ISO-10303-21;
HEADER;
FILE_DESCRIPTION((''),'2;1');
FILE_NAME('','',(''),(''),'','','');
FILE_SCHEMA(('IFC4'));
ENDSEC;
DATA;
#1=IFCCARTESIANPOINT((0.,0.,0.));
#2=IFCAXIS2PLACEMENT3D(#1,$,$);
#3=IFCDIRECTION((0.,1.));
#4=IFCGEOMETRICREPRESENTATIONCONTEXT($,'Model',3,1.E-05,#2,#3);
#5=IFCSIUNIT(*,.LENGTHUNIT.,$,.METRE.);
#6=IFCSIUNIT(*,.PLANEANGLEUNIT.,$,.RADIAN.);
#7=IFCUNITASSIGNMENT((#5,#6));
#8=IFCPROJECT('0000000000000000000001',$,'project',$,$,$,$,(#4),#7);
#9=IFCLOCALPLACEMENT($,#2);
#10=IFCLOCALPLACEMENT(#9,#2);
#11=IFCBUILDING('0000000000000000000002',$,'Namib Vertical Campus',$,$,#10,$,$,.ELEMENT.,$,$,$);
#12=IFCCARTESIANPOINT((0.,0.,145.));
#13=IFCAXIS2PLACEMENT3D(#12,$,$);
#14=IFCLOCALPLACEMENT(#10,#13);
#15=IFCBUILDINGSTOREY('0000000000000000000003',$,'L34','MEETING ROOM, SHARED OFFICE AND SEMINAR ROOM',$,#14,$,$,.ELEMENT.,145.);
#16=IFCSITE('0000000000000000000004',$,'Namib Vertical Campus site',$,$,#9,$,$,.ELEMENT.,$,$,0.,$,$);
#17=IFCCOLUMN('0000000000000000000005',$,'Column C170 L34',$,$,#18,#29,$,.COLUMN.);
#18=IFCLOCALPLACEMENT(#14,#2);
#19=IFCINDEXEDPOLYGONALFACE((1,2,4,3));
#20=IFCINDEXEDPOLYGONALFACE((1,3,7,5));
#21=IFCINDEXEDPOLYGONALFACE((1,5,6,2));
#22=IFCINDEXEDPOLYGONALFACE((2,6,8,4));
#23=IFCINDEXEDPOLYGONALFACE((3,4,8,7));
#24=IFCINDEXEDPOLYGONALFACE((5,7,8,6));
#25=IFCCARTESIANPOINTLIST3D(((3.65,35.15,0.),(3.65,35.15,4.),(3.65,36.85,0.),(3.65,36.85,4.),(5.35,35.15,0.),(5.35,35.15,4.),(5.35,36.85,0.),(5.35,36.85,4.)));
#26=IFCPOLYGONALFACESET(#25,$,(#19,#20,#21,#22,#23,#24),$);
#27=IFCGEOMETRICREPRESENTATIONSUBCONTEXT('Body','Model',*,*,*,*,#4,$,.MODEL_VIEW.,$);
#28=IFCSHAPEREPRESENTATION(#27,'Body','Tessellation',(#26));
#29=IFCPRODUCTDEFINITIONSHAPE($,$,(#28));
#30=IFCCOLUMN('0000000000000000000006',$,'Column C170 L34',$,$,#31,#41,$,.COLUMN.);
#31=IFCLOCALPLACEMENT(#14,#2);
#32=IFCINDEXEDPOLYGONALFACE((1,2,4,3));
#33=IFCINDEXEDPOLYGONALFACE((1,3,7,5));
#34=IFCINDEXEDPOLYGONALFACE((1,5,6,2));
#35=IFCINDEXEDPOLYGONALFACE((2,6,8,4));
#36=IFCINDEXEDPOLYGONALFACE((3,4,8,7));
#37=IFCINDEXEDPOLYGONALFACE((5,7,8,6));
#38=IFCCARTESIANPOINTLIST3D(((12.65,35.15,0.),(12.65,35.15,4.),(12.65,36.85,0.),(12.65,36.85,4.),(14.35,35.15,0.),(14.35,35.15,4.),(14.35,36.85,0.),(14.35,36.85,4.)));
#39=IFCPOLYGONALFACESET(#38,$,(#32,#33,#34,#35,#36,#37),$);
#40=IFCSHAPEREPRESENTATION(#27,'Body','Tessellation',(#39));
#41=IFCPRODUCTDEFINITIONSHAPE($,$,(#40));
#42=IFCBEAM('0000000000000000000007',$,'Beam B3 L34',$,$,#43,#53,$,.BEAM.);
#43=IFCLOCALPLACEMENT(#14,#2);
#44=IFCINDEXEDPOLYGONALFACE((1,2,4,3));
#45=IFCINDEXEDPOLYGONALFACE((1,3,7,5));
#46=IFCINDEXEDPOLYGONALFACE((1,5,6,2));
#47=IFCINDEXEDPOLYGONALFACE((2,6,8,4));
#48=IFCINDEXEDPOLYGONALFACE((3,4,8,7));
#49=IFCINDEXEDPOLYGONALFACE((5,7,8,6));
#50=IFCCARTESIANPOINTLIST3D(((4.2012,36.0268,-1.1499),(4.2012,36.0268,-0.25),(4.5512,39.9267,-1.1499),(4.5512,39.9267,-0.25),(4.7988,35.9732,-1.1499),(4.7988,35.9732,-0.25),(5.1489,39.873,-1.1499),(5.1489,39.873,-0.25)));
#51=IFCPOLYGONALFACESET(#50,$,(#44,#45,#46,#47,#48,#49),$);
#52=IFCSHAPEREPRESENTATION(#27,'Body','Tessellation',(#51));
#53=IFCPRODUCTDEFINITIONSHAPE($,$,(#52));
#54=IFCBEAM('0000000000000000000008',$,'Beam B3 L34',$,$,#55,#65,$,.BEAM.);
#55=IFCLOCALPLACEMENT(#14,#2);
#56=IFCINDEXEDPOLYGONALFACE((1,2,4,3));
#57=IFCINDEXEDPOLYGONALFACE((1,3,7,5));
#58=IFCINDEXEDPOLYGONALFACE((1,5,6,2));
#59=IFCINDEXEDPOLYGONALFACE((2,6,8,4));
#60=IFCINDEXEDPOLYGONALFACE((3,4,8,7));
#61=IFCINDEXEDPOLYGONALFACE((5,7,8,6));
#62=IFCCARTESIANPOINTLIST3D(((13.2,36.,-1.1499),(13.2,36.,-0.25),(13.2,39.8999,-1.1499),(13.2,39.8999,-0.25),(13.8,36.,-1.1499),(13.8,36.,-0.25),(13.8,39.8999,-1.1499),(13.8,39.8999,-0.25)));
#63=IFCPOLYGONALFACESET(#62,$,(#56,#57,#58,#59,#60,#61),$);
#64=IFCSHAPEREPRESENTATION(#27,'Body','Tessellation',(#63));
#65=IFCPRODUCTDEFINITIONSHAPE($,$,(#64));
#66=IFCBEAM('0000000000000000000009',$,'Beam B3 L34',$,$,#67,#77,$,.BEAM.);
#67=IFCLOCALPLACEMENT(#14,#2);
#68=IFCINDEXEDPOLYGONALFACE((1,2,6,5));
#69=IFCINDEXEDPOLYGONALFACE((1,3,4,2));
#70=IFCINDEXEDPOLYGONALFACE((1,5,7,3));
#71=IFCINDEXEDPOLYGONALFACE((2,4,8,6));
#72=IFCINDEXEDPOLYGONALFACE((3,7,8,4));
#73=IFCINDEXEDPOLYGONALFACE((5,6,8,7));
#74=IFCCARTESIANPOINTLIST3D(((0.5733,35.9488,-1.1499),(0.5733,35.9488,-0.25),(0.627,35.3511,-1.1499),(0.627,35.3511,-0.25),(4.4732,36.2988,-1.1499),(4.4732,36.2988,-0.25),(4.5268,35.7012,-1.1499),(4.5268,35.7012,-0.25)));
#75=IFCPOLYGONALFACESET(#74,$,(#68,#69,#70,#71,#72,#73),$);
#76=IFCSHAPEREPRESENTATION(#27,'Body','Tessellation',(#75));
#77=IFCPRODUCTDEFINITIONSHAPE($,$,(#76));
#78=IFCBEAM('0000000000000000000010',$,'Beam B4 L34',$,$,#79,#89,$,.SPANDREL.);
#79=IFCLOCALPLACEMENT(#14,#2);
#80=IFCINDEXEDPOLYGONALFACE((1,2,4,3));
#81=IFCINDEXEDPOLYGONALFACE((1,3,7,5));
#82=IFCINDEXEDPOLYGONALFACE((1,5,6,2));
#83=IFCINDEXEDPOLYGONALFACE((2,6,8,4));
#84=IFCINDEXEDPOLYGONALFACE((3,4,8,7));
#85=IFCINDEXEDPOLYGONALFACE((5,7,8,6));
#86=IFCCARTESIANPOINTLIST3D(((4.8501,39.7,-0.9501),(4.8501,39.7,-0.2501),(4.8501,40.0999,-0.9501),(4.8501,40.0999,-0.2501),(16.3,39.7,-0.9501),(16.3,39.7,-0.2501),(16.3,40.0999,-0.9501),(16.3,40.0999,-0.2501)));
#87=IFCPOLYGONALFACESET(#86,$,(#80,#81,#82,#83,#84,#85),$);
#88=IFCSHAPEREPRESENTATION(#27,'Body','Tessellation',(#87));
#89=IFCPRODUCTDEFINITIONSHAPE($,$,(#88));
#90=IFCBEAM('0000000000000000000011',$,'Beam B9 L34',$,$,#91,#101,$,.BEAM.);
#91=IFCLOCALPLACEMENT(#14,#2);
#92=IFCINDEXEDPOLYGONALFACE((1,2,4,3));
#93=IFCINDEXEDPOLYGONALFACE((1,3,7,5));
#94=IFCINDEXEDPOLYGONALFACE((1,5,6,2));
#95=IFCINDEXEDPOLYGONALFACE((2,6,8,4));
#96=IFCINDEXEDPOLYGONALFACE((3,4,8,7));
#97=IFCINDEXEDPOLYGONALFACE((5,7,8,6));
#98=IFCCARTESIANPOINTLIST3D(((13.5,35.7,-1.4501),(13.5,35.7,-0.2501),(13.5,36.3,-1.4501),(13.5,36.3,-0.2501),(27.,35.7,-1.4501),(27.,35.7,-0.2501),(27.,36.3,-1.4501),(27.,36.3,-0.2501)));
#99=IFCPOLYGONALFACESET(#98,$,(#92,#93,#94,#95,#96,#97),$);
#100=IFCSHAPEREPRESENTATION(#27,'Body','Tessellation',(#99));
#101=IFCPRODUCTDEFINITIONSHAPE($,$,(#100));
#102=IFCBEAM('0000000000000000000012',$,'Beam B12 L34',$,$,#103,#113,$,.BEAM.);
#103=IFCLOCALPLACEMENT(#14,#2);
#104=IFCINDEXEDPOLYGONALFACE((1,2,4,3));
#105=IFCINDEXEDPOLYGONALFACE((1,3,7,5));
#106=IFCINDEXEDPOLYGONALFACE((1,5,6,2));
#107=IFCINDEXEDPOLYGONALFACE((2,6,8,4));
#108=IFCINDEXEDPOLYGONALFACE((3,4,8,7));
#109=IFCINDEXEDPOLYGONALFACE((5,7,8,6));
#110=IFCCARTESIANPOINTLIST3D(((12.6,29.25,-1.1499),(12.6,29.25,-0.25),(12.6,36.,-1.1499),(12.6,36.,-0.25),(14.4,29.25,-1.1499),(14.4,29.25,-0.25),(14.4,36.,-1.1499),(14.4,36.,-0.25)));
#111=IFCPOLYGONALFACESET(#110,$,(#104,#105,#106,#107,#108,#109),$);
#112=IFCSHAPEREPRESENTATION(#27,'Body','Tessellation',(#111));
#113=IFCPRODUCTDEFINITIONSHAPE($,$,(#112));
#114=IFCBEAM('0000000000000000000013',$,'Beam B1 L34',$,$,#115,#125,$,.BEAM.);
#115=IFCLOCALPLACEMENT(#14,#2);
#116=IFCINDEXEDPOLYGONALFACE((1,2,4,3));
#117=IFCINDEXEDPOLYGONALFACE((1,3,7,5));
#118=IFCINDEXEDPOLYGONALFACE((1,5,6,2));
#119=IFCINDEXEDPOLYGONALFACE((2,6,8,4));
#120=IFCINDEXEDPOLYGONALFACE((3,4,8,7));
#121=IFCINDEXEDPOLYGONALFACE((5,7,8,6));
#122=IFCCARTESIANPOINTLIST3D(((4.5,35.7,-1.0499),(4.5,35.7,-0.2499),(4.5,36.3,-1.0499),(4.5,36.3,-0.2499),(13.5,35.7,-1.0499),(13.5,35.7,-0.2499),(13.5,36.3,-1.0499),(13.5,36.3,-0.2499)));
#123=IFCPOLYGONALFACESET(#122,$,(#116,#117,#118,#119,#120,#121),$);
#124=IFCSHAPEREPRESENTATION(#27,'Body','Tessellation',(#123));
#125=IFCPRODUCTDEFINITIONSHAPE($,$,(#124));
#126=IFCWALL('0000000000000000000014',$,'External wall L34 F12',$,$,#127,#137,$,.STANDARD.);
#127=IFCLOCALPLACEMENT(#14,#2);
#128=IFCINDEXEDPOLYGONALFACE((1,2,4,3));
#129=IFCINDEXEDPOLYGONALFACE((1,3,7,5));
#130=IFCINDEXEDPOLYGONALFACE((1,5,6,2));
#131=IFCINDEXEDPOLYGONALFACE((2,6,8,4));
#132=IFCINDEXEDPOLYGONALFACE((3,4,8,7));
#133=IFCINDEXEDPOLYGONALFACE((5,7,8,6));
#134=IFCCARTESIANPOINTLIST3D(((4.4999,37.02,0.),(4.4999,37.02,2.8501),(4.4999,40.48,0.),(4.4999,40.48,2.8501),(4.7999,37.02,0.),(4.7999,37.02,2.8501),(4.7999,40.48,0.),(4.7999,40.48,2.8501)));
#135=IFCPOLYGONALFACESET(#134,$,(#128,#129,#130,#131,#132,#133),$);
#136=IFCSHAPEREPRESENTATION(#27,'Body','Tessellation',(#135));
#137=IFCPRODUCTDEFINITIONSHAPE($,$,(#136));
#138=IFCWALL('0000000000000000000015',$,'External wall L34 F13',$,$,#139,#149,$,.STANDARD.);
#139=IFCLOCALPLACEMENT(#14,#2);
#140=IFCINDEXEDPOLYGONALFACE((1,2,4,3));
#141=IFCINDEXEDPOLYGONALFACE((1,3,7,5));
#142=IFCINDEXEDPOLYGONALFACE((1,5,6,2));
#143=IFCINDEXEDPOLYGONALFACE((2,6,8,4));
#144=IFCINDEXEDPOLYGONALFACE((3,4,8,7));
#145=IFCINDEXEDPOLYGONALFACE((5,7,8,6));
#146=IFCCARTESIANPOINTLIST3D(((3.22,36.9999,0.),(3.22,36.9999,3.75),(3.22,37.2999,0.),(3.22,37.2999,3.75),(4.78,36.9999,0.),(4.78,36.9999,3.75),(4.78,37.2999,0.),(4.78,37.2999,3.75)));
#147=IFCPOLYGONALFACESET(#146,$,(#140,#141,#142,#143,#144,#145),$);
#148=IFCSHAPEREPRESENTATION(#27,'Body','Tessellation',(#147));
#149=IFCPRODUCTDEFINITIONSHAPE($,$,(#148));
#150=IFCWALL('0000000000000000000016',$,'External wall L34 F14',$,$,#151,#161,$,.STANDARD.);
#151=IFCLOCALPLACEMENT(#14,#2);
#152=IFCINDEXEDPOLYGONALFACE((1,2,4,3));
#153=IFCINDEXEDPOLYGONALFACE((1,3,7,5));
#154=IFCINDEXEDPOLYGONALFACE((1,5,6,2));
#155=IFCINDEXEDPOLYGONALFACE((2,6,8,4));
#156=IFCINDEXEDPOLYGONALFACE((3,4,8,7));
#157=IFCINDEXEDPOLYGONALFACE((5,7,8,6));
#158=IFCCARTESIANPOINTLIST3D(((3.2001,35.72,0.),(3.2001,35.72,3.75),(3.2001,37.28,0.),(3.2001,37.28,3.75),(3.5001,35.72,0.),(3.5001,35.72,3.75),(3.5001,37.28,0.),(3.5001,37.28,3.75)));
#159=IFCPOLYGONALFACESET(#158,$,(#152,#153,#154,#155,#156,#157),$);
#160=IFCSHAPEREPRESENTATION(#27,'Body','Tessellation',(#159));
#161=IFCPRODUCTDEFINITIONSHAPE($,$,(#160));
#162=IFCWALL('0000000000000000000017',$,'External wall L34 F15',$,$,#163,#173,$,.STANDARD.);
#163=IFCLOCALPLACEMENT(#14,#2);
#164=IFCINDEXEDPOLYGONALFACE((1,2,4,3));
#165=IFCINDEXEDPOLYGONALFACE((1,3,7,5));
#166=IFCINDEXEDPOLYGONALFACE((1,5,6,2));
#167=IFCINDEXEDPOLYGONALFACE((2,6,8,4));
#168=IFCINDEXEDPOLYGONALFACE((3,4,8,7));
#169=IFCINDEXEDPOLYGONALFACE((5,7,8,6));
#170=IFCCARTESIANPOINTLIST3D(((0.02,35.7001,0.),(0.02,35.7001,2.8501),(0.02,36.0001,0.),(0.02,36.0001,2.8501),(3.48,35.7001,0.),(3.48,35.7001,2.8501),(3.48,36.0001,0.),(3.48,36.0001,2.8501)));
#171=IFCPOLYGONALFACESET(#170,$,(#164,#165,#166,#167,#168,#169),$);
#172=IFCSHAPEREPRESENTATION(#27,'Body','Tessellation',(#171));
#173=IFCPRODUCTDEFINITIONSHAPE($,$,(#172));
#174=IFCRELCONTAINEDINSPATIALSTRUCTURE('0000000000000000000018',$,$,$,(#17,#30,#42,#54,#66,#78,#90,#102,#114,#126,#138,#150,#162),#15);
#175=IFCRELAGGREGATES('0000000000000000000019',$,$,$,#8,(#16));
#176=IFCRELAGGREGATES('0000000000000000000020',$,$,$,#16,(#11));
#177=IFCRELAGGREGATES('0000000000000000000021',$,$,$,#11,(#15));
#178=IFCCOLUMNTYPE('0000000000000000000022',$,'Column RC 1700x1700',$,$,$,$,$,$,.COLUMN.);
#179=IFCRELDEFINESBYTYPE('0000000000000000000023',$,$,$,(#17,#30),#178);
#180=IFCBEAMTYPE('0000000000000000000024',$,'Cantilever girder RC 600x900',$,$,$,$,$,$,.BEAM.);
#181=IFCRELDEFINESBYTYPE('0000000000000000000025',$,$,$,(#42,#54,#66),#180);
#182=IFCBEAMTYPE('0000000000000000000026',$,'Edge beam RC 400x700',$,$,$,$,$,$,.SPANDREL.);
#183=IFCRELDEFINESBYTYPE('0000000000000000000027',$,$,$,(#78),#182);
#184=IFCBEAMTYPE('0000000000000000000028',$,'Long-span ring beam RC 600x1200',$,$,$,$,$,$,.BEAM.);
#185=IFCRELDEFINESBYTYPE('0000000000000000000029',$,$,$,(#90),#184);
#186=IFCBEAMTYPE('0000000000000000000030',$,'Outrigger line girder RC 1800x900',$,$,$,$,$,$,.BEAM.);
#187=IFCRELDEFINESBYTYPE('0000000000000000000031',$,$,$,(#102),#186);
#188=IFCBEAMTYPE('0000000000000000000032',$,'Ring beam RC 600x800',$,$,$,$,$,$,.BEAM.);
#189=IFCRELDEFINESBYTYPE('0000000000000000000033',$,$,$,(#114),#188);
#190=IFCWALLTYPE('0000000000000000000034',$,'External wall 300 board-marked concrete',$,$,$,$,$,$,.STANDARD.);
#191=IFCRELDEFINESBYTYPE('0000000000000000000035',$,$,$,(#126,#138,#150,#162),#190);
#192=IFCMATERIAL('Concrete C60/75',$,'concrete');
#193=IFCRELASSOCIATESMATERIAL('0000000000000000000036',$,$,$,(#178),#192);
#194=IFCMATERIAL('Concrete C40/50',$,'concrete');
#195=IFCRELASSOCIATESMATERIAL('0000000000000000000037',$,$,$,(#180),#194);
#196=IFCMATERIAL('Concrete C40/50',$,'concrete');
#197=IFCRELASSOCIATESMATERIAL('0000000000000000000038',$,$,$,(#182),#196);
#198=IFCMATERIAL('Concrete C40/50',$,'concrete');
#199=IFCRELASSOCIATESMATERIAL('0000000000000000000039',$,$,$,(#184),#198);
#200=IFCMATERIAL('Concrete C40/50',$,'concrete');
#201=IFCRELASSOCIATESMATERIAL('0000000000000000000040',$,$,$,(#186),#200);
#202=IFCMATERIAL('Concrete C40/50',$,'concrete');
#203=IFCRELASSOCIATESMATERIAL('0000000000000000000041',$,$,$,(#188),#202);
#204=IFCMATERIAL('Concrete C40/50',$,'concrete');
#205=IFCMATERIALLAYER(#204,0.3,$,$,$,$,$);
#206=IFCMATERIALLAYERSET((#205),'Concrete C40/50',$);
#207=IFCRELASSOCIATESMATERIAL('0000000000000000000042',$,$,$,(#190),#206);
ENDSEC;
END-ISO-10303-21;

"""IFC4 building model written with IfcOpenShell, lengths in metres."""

from ifc_helpers import new_model, si_unit, direction, frame, frame_2d, origin, origin_2d, place, context, subcontext, project, spatial, rectangle, extrude, material, layer, layer_set, material_profile, profile_set, type_object, element, save


model = new_model("IFC4")

# Units and contexts
model_context = context("Model", 3, precision=1e-05, world=origin(), true_north=direction((0.0, 1.0)))
body_context = subcontext(model_context, "Body", "Model", "MODEL_VIEW")
ifc_project = project(units=[si_unit("LENGTHUNIT", "METRE"), si_unit("PLANEANGLEUNIT", "RADIAN")], contexts=[model_context])

# Site, building, storey
site_placement = place(None, origin())
site = spatial("IfcSite", under=ifc_project, at=site_placement, Name="Namib Vertical Campus site", CompositionType="ELEMENT", RefElevation=0.0)
building_placement = place(site_placement, origin())
building = spatial("IfcBuilding", under=site, at=building_placement, Name="Namib Vertical Campus", CompositionType="ELEMENT")
storey_placement = place(building_placement, frame((0.0, 0.0, 145.0)))
storey = spatial("IfcBuildingStorey", under=building, at=storey_placement, Name="L34", Description="MEETING ROOM, SHARED OFFICE AND SEMINAR ROOM", CompositionType="ELEMENT", Elevation=145.0)

# Columns
ifc_material_1 = material(Name="Concrete C60/75", Category="concrete")
ifc_material_profile_1 = material_profile(ifc_material_1, rectangle(XDim=1.7, YDim=1.7, at=origin_2d()))
ifc_profile_set_1 = profile_set([ifc_material_profile_1], Name="Concrete C60/75")
column_type = type_object("IfcColumnType", Name="Column RC 1700x1700", PredefinedType="COLUMN", material=ifc_profile_set_1)
for number, where, z_axis, x_axis, name in (
    (1, (4.5, 36.0, 0.0), (0.0, 0.0, 1.0), (1.0, 0.0, 0.0), "Column C170 L34"),
    (2, (13.5, 36.0, 0.0), (0.0, 0.0, 1.0), (1.0, 0.0, 0.0), "Column C170 L34"),
):
    element("IfcColumn", number, at=place(storey_placement, frame(where, z_axis=z_axis, x_axis=x_axis)), inside=storey, type_object=column_type, Name=name, PredefinedType="COLUMN", context=body_context, shape_type="SweptSolid", body=[
        extrude(rectangle(XDim=1.7, YDim=1.7, at=origin_2d()), origin(), (0.0, 0.0, 1.0), 4.0),
    ])

# Beams
ifc_material_2 = material(Name="Concrete C40/50", Category="concrete")
ifc_material_profile_2 = material_profile(ifc_material_2, rectangle(XDim=0.6001, YDim=0.8999, at=origin_2d()))
ifc_profile_set_2 = profile_set([ifc_material_profile_2], Name="Concrete C40/50")
beam_type_1 = type_object("IfcBeamType", Name="Cantilever girder RC 600x900", PredefinedType="BEAM", material=ifc_profile_set_2)
beam_1_placement = place(storey_placement, frame((4.5, 36.0, -0.7), z_axis=(0.089411, 0.995995, 0.0), x_axis=(-0.995995, 0.089411, 0.0)))
element("IfcBeam", 3, at=beam_1_placement, inside=storey, type_object=beam_type_1, Name="Beam B3 L34", PredefinedType="BEAM", context=body_context, shape_type="SweptSolid", body=[
    extrude(rectangle(XDim=0.6001, YDim=0.8999, at=origin_2d()), origin(), (0.0, 0.0, 1.0), 3.9155),
])
beam_2_placement = place(storey_placement, frame((13.5, 36.0, -0.7), z_axis=(0.0, 1.0, 0.0), x_axis=(-1.0, 0.0, 0.0)))
element("IfcBeam", 4, at=beam_2_placement, inside=storey, type_object=beam_type_1, Name="Beam B3 L34", PredefinedType="BEAM", context=body_context, shape_type="SweptSolid", body=[
    extrude(rectangle(XDim=0.6001, YDim=0.8999, at=origin_2d()), origin(), (0.0, 0.0, 1.0), 3.8999),
])
beam_3_placement = place(storey_placement, frame((4.5, 36.0, -0.7), z_axis=(-0.995995, -0.089411, 0.0), x_axis=(0.089411, -0.995995, 0.0)))
element("IfcBeam", 5, at=beam_3_placement, inside=storey, type_object=beam_type_1, Name="Beam B3 L34", PredefinedType="BEAM", context=body_context, shape_type="SweptSolid", body=[
    extrude(rectangle(XDim=0.6001, YDim=0.8999, at=origin_2d()), origin(), (0.0, 0.0, 1.0), 3.9155),
])
ifc_material_3 = material(Name="Concrete C40/50", Category="concrete")
ifc_material_profile_3 = material_profile(ifc_material_3, rectangle(XDim=0.3999, YDim=0.7, at=origin_2d()))
ifc_profile_set_3 = profile_set([ifc_material_profile_3], Name="Concrete C40/50")
beam_type_2 = type_object("IfcBeamType", Name="Edge beam RC 400x700", PredefinedType="SPANDREL", material=ifc_profile_set_3)
beam_4_placement = place(storey_placement, frame((4.8501, 39.8999, -0.6001), z_axis=(1.0, 0.0, 0.0), x_axis=(0.0, 1.0, 0.0)))
element("IfcBeam", 6, at=beam_4_placement, inside=storey, type_object=beam_type_2, Name="Beam B4 L34", PredefinedType="SPANDREL", context=body_context, shape_type="SweptSolid", body=[
    extrude(rectangle(XDim=0.3999, YDim=0.7, at=origin_2d()), origin(), (0.0, 0.0, 1.0), 11.45),
])
ifc_material_4 = material(Name="Concrete C40/50", Category="concrete")
ifc_material_profile_4 = material_profile(ifc_material_4, rectangle(XDim=0.6001, YDim=1.2, at=origin_2d()))
ifc_profile_set_4 = profile_set([ifc_material_profile_4], Name="Concrete C40/50")
beam_type_3 = type_object("IfcBeamType", Name="Long-span ring beam RC 600x1200", PredefinedType="BEAM", material=ifc_profile_set_4)
beam_5_placement = place(storey_placement, frame((13.5, 36.0, -0.8501), z_axis=(1.0, 0.0, 0.0), x_axis=(0.0, 1.0, 0.0)))
element("IfcBeam", 7, at=beam_5_placement, inside=storey, type_object=beam_type_3, Name="Beam B9 L34", PredefinedType="BEAM", context=body_context, shape_type="SweptSolid", body=[
    extrude(rectangle(XDim=0.6001, YDim=1.2, at=origin_2d()), origin(), (0.0, 0.0, 1.0), 13.5),
])
ifc_material_5 = material(Name="Concrete C40/50", Category="concrete")
ifc_material_profile_5 = material_profile(ifc_material_5, rectangle(XDim=1.8, YDim=0.8999, at=origin_2d()))
ifc_profile_set_5 = profile_set([ifc_material_profile_5], Name="Concrete C40/50")
beam_type_4 = type_object("IfcBeamType", Name="Outrigger line girder RC 1800x900", PredefinedType="BEAM", material=ifc_profile_set_5)
beam_6_placement = place(storey_placement, frame((13.5, 36.0, -0.7), z_axis=(0.0, -1.0, 0.0), x_axis=(1.0, 0.0, 0.0)))
element("IfcBeam", 8, at=beam_6_placement, inside=storey, type_object=beam_type_4, Name="Beam B12 L34", PredefinedType="BEAM", context=body_context, shape_type="SweptSolid", body=[
    extrude(rectangle(XDim=1.8, YDim=0.8999, at=origin_2d()), origin(), (0.0, 0.0, 1.0), 6.75),
])
ifc_material_6 = material(Name="Concrete C40/50", Category="concrete")
ifc_material_profile_6 = material_profile(ifc_material_6, rectangle(XDim=0.6001, YDim=0.8, at=origin_2d()))
ifc_profile_set_6 = profile_set([ifc_material_profile_6], Name="Concrete C40/50")
beam_type_5 = type_object("IfcBeamType", Name="Ring beam RC 600x800", PredefinedType="BEAM", material=ifc_profile_set_6)
beam_7_placement = place(storey_placement, frame((4.5, 36.0, -0.6499), z_axis=(1.0, 0.0, 0.0), x_axis=(0.0, 1.0, 0.0)))
element("IfcBeam", 9, at=beam_7_placement, inside=storey, type_object=beam_type_5, Name="Beam B1 L34", PredefinedType="BEAM", context=body_context, shape_type="SweptSolid", body=[
    extrude(rectangle(XDim=0.6001, YDim=0.8, at=origin_2d()), origin(), (0.0, 0.0, 1.0), 9.0),
])

# Walls
ifc_material_7 = material(Name="Concrete C40/50", Category="concrete")
ifc_layer_1 = layer(ifc_material_7, 0.3)
ifc_layer_set_1 = layer_set([ifc_layer_1], Name="Concrete C40/50")
wall_type_1 = type_object("IfcWallType", Name="External wall 300 board-marked concrete", PredefinedType="STANDARD", material=ifc_layer_set_1)
wall_1_placement = place(storey_placement, frame((4.6499, 40.48, 0.0), z_axis=(0.0, 0.0, 1.0), x_axis=(0.0, -1.0, 0.0)))
element("IfcWall", 10, at=wall_1_placement, inside=storey, type_object=wall_type_1, Name="External wall L34 F12", PredefinedType="STANDARD", context=body_context, shape_type="SweptSolid", body=[
    extrude(rectangle(XDim=3.46, YDim=0.3, at=frame_2d((1.73, 0.0))), origin(), (0.0, 0.0, 1.0), 2.8501),
])
for number, where, z_axis, x_axis, name in (
    (11, (4.78, 37.1499, 0.0), (0.0, 0.0, 1.0), (-1.0, 0.0, 0.0), "External wall L34 F13"),
    (12, (3.3501, 37.28, 0.0), (0.0, 0.0, 1.0), (0.0, -1.0, 0.0), "External wall L34 F14"),
):
    element("IfcWall", number, at=place(storey_placement, frame(where, z_axis=z_axis, x_axis=x_axis)), inside=storey, type_object=wall_type_1, Name=name, PredefinedType="STANDARD", context=body_context, shape_type="SweptSolid", body=[
        extrude(rectangle(XDim=1.5601, YDim=0.3, at=frame_2d((0.78, 0.0))), origin(), (0.0, 0.0, 1.0), 3.75),
    ])
wall_2_placement = place(storey_placement, frame((3.48, 35.8501, 0.0), z_axis=(0.0, 0.0, 1.0), x_axis=(-1.0, 0.0, 0.0)))
element("IfcWall", 13, at=wall_2_placement, inside=storey, type_object=wall_type_1, Name="External wall L34 F15", PredefinedType="STANDARD", context=body_context, shape_type="SweptSolid", body=[
    extrude(rectangle(XDim=3.46, YDim=0.3, at=frame_2d((1.73, 0.0))), origin(), (0.0, 0.0, 1.0), 2.8501),
])

save(model, "model.ifc")
